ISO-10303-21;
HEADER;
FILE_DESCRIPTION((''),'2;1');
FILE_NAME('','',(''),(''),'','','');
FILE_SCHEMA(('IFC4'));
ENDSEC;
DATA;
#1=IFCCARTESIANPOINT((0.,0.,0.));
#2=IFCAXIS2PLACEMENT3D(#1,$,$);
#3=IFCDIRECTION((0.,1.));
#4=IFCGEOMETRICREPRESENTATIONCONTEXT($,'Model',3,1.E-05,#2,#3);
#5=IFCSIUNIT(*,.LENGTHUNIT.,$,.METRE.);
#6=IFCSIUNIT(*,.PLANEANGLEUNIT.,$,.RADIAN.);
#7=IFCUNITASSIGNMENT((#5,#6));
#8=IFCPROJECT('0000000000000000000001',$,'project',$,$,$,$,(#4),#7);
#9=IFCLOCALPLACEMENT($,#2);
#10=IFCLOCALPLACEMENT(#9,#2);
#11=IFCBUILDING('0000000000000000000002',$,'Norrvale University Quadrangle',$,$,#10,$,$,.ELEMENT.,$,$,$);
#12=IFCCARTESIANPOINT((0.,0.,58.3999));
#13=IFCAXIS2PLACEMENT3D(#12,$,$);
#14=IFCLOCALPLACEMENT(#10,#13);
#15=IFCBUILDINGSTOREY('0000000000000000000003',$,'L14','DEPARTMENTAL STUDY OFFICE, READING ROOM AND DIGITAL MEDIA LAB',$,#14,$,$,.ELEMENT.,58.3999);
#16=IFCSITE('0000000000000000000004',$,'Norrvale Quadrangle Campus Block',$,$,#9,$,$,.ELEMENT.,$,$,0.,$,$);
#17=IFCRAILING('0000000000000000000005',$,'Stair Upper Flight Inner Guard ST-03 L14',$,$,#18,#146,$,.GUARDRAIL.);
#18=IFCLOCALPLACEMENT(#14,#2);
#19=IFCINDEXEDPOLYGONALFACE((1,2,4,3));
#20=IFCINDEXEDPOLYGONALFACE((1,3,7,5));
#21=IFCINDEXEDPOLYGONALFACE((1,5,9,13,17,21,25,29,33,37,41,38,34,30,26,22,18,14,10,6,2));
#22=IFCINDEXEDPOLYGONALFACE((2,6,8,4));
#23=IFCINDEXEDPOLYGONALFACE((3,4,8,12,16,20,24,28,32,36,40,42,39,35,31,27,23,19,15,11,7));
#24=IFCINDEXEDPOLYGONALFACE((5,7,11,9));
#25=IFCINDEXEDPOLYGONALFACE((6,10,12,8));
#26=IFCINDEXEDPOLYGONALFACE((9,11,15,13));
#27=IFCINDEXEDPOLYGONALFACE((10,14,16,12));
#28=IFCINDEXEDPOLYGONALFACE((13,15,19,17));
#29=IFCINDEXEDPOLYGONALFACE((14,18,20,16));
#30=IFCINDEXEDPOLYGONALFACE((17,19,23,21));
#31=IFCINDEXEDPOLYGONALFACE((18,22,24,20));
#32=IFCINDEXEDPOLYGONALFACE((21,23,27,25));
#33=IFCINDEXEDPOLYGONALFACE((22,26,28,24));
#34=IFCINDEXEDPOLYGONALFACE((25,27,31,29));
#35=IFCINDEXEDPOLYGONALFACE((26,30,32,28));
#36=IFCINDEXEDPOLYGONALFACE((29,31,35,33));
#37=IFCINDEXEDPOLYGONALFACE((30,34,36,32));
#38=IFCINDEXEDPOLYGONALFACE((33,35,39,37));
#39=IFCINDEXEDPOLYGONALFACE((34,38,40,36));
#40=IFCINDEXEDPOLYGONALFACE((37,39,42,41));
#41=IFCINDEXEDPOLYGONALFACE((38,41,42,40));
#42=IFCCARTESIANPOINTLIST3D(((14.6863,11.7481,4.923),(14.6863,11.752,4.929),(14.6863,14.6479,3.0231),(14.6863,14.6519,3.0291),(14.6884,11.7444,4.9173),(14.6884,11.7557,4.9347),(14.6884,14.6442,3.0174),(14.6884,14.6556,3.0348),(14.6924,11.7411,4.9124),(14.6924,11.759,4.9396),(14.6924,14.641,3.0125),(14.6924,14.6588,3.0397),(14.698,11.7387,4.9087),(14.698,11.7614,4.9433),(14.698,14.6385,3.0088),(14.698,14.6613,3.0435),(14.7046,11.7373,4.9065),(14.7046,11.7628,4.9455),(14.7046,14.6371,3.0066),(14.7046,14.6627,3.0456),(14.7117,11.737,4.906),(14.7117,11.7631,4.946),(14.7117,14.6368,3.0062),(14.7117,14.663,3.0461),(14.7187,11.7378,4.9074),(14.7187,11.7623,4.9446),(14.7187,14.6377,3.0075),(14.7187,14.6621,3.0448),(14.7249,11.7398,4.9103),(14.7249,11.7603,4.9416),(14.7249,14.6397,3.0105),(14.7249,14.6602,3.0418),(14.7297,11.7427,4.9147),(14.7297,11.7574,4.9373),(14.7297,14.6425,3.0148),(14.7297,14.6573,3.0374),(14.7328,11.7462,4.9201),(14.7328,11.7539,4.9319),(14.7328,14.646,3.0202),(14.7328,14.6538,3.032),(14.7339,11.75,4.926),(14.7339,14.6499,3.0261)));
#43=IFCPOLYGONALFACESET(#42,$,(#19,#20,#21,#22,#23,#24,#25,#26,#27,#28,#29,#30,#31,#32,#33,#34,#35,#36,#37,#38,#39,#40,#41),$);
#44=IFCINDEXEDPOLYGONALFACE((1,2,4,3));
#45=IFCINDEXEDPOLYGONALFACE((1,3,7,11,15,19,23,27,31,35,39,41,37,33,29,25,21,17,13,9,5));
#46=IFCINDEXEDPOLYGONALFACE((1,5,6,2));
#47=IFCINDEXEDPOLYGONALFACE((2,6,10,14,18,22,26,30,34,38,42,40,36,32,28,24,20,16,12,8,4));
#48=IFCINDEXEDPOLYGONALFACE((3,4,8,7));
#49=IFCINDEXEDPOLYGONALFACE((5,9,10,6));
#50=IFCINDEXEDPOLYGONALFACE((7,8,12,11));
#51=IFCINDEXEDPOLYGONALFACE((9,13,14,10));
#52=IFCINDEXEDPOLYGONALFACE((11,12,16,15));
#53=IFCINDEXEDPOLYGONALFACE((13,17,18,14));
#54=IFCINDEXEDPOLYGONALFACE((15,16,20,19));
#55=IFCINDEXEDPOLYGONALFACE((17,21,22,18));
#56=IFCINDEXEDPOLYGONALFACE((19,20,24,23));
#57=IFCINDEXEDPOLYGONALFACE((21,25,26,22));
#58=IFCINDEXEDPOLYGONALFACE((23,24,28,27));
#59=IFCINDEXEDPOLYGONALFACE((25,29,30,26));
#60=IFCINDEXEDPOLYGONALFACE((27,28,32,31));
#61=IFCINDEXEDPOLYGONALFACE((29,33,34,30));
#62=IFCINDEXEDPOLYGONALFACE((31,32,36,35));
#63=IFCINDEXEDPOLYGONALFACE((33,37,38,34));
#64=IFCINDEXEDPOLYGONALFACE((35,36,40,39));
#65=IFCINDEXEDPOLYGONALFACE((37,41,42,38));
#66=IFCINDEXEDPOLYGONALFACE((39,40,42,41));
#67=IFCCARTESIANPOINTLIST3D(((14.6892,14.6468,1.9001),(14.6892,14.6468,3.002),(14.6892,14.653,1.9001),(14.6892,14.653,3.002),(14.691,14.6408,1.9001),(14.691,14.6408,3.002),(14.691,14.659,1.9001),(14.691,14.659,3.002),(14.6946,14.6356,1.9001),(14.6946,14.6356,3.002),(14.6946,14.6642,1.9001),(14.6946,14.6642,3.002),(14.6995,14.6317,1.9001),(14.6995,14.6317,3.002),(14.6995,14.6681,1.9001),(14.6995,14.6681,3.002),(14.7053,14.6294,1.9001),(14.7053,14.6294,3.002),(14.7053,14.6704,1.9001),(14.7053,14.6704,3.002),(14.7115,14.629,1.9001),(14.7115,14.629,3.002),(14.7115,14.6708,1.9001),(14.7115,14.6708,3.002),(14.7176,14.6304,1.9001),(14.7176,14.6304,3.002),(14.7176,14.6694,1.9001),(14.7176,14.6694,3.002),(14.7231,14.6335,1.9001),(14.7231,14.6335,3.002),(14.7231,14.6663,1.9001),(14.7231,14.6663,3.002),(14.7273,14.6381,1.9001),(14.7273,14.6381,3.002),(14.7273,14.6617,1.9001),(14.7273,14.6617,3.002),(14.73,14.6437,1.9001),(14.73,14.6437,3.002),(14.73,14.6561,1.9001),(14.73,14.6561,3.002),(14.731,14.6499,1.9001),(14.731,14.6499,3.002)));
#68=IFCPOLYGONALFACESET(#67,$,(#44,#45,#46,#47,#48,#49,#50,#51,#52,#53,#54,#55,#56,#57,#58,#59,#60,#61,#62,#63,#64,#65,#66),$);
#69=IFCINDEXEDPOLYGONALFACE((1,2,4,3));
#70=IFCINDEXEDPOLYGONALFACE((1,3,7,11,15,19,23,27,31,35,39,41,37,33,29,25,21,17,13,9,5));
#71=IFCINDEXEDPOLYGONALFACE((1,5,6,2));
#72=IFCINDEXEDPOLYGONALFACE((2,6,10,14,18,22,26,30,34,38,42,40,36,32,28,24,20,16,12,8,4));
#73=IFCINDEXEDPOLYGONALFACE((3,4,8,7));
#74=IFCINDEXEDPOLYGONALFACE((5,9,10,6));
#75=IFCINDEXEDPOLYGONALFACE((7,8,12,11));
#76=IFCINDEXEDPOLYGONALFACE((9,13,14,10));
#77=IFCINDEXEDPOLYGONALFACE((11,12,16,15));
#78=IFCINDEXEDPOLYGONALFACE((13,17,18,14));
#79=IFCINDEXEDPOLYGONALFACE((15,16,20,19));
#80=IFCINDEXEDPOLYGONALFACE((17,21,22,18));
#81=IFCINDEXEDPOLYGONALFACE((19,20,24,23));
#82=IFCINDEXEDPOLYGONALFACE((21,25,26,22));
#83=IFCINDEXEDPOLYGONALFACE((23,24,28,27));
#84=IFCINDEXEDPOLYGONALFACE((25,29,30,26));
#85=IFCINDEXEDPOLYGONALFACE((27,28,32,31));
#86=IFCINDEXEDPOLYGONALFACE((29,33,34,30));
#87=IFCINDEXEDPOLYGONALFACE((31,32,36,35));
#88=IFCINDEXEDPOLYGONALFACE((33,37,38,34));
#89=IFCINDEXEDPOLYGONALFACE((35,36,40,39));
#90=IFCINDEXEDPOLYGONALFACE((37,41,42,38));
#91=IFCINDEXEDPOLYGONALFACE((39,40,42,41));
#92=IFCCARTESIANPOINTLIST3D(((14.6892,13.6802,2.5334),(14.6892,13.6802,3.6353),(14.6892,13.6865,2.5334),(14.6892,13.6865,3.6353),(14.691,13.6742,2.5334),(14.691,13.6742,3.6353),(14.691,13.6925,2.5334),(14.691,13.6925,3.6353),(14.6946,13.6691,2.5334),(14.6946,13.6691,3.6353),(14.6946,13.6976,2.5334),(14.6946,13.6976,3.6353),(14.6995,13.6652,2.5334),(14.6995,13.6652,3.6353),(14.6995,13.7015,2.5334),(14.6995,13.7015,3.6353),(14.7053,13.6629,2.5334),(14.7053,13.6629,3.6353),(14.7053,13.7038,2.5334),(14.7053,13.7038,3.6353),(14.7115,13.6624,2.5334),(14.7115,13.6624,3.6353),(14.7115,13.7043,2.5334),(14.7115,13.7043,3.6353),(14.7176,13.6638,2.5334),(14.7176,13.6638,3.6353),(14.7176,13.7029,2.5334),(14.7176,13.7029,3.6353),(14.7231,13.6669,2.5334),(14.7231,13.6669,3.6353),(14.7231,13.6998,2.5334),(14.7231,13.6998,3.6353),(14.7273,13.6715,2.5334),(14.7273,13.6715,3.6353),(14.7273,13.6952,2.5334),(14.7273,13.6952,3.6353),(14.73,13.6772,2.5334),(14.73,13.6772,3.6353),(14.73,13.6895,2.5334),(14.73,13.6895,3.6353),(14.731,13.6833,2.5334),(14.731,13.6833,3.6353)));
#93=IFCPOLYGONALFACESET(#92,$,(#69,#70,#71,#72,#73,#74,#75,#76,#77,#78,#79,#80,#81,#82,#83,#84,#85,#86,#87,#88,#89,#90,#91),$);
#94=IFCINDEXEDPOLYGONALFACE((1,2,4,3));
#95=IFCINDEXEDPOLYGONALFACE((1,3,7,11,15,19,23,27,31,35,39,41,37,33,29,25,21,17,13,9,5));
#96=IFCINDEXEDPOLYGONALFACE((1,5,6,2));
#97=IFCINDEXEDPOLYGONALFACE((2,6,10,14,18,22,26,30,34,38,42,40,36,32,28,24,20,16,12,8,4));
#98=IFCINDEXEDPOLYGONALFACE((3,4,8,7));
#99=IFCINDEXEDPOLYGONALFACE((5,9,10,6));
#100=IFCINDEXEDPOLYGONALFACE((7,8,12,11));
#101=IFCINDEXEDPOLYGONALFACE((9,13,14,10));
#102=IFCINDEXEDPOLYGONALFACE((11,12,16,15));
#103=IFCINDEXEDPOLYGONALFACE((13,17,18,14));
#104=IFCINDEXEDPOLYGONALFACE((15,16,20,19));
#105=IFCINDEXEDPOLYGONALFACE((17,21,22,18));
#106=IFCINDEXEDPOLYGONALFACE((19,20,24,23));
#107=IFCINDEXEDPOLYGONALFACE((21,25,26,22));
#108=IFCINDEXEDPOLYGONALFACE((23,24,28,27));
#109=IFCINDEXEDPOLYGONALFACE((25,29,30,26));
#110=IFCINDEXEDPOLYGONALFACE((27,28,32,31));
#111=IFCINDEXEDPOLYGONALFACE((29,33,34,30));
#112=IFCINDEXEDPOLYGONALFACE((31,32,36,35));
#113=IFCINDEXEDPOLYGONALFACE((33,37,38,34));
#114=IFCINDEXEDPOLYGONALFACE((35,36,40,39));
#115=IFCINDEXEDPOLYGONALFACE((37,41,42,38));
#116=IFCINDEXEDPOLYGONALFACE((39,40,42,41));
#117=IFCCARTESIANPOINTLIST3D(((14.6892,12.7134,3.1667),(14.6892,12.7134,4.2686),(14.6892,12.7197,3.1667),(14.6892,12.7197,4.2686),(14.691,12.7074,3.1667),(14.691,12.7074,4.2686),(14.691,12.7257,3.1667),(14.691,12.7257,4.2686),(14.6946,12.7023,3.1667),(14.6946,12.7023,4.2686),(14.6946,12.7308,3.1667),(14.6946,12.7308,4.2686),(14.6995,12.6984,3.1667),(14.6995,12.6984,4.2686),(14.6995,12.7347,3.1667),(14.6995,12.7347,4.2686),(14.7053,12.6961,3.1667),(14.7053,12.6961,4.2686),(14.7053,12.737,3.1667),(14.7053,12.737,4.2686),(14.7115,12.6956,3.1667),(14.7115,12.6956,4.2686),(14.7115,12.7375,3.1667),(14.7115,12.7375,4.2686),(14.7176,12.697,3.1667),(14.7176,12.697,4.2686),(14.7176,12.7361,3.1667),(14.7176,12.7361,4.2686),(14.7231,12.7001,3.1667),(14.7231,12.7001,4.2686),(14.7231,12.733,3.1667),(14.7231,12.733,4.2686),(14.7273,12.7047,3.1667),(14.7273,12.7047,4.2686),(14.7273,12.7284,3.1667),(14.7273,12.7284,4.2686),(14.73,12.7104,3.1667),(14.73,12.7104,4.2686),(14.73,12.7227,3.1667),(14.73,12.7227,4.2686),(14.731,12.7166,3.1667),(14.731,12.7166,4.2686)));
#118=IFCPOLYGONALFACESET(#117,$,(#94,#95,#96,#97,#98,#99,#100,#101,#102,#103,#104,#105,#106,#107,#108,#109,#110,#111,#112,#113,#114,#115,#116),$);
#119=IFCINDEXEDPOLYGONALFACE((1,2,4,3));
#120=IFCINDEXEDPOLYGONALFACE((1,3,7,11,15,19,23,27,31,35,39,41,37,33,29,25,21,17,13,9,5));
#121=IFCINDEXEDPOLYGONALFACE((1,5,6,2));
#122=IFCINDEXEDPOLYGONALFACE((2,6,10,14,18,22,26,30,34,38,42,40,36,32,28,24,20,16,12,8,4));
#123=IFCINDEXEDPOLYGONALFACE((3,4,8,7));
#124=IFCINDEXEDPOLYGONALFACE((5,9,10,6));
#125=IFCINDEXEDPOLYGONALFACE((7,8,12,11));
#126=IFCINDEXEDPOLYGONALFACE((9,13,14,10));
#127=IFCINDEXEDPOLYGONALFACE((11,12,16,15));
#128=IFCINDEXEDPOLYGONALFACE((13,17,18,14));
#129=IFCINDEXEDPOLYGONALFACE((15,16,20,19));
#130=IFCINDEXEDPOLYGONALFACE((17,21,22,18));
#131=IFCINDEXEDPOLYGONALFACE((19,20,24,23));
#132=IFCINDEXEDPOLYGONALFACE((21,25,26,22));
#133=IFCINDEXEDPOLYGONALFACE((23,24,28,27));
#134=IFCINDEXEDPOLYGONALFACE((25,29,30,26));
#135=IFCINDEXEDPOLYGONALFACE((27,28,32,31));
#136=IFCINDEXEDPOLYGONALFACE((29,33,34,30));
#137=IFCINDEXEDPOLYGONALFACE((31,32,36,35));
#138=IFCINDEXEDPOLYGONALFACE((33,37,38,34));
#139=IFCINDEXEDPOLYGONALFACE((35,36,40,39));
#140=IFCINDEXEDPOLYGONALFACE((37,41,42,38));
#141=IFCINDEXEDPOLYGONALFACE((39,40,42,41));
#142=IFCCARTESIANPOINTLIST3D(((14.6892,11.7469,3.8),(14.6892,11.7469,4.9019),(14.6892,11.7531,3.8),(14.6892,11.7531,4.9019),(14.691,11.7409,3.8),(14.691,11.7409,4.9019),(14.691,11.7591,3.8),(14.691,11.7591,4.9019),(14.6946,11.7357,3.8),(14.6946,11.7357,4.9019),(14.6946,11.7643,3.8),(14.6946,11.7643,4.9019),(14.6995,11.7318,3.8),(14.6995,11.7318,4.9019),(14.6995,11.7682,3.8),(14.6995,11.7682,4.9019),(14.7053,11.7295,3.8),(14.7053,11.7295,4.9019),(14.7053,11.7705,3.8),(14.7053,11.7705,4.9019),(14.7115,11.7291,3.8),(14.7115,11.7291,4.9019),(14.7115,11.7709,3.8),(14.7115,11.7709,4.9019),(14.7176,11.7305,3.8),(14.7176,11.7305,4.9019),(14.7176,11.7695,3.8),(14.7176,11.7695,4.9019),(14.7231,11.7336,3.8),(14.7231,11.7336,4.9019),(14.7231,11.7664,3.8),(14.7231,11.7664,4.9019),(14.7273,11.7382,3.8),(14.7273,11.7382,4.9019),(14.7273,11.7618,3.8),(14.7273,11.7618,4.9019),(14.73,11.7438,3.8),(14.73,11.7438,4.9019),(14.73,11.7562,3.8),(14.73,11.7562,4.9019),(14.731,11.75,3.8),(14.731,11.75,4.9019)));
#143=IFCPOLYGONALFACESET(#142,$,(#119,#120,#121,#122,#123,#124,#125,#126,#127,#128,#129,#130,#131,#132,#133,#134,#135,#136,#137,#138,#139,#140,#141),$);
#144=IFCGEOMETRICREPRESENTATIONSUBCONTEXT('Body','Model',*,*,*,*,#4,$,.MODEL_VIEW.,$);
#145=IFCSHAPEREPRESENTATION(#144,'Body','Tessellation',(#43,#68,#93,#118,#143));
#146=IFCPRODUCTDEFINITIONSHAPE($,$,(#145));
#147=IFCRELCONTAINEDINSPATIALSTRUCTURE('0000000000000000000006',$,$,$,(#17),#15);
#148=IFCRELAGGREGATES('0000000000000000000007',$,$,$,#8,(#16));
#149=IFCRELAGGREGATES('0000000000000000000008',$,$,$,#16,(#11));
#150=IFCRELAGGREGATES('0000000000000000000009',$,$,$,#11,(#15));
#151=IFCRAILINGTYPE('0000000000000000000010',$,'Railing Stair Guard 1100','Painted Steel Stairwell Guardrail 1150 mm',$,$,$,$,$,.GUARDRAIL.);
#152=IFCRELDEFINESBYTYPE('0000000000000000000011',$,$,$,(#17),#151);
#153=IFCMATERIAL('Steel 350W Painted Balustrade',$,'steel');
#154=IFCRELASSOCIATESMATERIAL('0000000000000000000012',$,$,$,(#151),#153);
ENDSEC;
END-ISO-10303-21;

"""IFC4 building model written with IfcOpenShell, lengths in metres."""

from ifc_helpers import new_model, si_unit, direction, frame, origin, origin_2d, place, context, subcontext, project, spatial, circle, extrude, material, type_object, element, save


model = new_model("IFC4")

# Units and contexts
model_context = context("Model", 3, precision=1e-05, world=origin(), true_north=direction((0.0, 1.0)))
body_context = subcontext(model_context, "Body", "Model", "MODEL_VIEW")
ifc_project = project(units=[si_unit("LENGTHUNIT", "METRE"), si_unit("PLANEANGLEUNIT", "RADIAN")], contexts=[model_context])

# Site, building, storey
site_placement = place(None, origin())
site = spatial("IfcSite", under=ifc_project, at=site_placement, Name="Norrvale Quadrangle Campus Block", CompositionType="ELEMENT", RefElevation=0.0)
building_placement = place(site_placement, origin())
building = spatial("IfcBuilding", under=site, at=building_placement, Name="Norrvale University Quadrangle", CompositionType="ELEMENT")
storey_placement = place(building_placement, frame((0.0, 0.0, 58.3999)))
storey = spatial("IfcBuildingStorey", under=building, at=storey_placement, Name="L14", Description="DEPARTMENTAL STUDY OFFICE, READING ROOM AND DIGITAL MEDIA LAB", CompositionType="ELEMENT", Elevation=58.3999)

# Railing
ifc_material_1 = material(Name="Steel 350W Painted Balustrade", Category="steel")
railing_type_1 = type_object("IfcRailingType", Name="Railing Stair Guard 1100", Description="Painted Steel Stairwell Guardrail 1150 mm", PredefinedType="GUARDRAIL", material=ifc_material_1)
railing_1_placement = place(storey_placement, frame((14.71, 14.6499, 1.9001)))
element("IfcRailing", 1, at=railing_1_placement, inside=storey, type_object=railing_type_1, Name="Stair Upper Flight Inner Guard ST-03 L14", PredefinedType="GUARDRAIL", context=body_context, shape_type="SweptSolid", body=[
    extrude(circle(Radius=0.0239, at=origin_2d()), frame((0.0, 0.0, 1.126), z_axis=(0.0, -0.836466, 0.548019), x_axis=(1.0, 0.0, 0.0)), (0.0, 0.0, 1.0), 3.4668),
    extrude(circle(Radius=0.021, at=origin_2d()), origin(), (0.0, 0.0, 1.0), 1.1018),
    extrude(circle(Radius=0.021, at=origin_2d()), frame((0.0, -0.9666, 0.6333)), (0.0, 0.0, 1.0), 1.1018),
    extrude(circle(Radius=0.021, at=origin_2d()), frame((0.0, -1.9333, 1.2666)), (0.0, 0.0, 1.0), 1.1018),
    extrude(circle(Radius=0.021, at=origin_2d()), frame((0.0, -2.8999, 1.8999)), (0.0, 0.0, 1.0), 1.1018),
])

save(model, "model.ifc")
